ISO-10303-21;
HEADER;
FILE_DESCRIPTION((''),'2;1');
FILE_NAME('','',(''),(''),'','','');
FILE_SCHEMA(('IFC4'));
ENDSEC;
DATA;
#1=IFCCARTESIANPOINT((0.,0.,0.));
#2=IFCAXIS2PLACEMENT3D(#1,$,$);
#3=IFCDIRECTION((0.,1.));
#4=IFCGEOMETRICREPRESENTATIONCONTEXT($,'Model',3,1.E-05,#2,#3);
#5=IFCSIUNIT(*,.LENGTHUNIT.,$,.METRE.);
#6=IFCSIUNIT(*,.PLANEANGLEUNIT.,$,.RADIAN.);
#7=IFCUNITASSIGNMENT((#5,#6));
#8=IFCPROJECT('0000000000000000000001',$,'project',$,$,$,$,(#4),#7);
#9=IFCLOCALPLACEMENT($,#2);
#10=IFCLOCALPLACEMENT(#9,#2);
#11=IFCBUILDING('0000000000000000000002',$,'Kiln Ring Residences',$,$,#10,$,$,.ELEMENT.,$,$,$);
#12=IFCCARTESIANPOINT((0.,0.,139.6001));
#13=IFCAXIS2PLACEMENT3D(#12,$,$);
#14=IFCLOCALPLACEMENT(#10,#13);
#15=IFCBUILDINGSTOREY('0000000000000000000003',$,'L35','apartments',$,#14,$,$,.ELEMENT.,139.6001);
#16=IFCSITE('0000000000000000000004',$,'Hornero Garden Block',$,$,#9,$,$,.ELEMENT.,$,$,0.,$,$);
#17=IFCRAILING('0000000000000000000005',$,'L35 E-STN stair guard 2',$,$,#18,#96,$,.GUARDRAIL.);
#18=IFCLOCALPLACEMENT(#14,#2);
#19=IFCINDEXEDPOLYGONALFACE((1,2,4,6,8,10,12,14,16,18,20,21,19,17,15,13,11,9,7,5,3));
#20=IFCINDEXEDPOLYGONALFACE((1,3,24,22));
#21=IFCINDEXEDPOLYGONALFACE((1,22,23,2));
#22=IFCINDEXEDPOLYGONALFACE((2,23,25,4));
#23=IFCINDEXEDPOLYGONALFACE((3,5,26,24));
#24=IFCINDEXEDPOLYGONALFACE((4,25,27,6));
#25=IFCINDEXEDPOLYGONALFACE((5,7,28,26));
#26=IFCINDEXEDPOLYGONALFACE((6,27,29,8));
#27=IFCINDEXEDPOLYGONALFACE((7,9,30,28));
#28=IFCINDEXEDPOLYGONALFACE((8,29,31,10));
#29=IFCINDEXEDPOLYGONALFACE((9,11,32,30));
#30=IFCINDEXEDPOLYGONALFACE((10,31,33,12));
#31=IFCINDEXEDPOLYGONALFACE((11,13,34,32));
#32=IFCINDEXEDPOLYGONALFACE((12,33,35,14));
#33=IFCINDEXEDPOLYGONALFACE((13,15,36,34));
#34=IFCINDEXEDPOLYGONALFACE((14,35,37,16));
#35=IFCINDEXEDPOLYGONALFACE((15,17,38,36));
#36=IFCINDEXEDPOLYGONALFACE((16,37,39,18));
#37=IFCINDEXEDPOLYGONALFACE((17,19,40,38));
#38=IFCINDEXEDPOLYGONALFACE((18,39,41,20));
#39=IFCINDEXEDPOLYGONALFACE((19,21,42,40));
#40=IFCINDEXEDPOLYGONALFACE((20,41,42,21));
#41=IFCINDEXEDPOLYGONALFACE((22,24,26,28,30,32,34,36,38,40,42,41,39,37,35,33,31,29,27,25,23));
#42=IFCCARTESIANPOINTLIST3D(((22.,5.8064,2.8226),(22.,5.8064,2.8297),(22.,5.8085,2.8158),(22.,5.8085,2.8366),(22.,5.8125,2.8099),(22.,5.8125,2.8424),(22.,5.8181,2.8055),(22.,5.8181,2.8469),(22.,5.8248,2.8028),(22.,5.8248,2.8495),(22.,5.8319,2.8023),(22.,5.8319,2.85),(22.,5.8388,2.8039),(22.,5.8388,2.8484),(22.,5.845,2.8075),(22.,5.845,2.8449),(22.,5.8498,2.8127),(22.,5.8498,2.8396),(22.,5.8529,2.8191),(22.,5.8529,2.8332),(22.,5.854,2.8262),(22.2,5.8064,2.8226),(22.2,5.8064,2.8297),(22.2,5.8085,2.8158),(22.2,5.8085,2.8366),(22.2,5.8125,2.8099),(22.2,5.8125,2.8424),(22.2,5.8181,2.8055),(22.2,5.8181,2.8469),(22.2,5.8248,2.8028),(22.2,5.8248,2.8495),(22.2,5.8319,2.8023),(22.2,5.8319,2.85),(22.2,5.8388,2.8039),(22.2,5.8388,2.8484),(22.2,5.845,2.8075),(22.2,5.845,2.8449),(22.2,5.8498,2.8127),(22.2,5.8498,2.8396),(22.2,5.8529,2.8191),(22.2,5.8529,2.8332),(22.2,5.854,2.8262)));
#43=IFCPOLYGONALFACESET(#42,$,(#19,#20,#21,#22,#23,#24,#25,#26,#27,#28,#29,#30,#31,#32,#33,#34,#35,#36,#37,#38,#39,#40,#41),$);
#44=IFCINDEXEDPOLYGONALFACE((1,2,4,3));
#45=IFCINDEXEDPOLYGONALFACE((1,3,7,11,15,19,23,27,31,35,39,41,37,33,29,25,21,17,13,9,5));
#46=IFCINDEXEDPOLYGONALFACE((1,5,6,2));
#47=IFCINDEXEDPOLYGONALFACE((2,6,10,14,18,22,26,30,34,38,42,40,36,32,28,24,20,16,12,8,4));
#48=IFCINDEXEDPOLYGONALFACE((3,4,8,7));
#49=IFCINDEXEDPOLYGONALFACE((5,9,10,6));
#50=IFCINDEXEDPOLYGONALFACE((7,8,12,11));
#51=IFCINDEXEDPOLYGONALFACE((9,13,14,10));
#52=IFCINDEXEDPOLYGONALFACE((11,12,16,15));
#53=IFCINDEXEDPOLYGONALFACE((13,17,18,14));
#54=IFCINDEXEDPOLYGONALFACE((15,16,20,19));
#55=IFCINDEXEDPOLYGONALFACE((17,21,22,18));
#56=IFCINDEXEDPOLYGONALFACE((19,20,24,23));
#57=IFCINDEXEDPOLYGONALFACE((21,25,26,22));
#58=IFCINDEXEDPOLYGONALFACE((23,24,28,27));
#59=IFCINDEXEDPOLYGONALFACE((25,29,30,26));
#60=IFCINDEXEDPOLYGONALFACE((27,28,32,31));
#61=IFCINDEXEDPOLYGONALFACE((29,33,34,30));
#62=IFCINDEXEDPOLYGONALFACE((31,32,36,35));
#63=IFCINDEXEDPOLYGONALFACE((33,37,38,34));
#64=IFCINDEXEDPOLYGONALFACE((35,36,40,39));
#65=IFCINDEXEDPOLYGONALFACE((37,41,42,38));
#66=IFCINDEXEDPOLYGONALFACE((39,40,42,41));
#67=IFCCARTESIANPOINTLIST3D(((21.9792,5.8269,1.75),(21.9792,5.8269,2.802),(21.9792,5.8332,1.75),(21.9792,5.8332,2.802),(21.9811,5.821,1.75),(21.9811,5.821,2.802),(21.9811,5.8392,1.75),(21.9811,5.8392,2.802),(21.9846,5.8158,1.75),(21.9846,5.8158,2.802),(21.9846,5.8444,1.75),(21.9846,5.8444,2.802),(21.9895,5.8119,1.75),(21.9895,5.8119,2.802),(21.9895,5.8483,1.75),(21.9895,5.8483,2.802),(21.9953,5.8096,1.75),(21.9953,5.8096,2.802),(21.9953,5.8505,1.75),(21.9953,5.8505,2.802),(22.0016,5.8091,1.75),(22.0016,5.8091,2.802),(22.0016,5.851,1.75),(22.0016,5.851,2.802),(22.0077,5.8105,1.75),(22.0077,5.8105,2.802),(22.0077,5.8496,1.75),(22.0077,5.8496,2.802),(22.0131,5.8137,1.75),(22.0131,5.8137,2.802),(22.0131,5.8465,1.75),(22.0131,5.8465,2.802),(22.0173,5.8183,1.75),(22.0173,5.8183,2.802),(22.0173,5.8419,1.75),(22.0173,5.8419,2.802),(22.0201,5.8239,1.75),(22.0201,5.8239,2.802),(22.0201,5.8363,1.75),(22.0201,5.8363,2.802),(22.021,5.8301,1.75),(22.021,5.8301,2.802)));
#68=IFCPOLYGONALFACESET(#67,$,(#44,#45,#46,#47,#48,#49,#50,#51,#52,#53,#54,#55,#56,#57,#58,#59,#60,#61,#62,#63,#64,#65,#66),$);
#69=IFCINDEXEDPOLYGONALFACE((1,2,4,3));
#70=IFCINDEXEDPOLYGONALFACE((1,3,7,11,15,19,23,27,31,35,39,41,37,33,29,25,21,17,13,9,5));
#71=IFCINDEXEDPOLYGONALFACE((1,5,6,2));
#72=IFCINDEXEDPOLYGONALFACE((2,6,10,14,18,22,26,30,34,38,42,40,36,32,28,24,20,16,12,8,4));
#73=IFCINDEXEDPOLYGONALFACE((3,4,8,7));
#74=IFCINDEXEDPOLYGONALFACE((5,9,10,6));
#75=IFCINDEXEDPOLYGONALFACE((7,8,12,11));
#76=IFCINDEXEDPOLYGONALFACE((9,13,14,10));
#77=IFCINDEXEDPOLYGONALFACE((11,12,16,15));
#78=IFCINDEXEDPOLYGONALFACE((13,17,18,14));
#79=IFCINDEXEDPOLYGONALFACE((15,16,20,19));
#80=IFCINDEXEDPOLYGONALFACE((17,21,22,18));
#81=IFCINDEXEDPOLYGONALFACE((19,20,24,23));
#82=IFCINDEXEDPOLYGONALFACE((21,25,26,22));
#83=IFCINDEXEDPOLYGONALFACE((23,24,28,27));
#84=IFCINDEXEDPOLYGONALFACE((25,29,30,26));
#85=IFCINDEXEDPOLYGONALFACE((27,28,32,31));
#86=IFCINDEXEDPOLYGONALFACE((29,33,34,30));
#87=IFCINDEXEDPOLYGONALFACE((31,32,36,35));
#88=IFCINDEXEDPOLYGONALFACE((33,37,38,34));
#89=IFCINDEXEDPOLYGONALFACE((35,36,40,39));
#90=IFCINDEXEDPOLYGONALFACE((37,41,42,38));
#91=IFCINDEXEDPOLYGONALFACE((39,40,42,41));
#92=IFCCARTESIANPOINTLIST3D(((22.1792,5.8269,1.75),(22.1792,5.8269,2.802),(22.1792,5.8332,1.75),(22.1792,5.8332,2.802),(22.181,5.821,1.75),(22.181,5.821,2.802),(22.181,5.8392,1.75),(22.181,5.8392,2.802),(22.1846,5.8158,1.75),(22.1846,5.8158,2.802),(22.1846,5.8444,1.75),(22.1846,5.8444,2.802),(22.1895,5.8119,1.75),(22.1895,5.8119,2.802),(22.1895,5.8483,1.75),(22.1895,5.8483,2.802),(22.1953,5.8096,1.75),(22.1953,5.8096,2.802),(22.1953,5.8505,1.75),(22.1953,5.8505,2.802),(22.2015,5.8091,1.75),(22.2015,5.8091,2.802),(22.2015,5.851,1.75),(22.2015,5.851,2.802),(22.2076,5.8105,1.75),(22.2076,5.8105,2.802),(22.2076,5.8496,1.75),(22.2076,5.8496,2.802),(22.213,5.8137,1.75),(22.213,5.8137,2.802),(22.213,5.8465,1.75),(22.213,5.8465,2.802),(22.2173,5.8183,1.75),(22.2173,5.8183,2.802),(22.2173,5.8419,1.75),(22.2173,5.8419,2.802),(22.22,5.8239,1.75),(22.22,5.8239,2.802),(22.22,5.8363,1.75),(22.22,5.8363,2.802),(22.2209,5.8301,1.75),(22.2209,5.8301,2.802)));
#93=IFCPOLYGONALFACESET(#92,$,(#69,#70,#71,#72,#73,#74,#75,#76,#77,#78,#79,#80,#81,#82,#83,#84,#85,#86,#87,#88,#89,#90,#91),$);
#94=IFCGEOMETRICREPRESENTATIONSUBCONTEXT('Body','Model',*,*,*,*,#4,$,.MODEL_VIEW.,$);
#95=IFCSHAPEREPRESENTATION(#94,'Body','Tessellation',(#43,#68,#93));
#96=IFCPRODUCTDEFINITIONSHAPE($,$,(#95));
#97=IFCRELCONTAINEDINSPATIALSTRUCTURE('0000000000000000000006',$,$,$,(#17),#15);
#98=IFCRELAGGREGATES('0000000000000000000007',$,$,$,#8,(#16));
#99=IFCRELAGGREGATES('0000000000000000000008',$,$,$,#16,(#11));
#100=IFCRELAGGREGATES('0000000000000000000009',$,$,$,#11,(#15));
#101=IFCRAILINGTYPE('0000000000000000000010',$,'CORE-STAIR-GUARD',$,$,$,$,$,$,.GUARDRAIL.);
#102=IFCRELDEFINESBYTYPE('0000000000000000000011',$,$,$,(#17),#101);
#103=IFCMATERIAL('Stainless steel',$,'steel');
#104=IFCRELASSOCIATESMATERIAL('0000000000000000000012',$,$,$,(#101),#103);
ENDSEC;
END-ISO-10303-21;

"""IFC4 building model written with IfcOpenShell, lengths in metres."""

from ifc_helpers import new_model, si_unit, direction, frame, origin, origin_2d, place, context, subcontext, project, spatial, circle, extrude, material, type_object, element, save


model = new_model("IFC4")

# Units and contexts
model_context = context("Model", 3, precision=1e-05, world=origin(), true_north=direction((0.0, 1.0)))
body_context = subcontext(model_context, "Body", "Model", "MODEL_VIEW")
ifc_project = project(units=[si_unit("LENGTHUNIT", "METRE"), si_unit("PLANEANGLEUNIT", "RADIAN")], contexts=[model_context])

# Site, building, storey
site_placement = place(None, origin())
site = spatial("IfcSite", under=ifc_project, at=site_placement, Name="Hornero Garden Block", CompositionType="ELEMENT", RefElevation=0.0)
building_placement = place(site_placement, origin())
building = spatial("IfcBuilding", under=site, at=building_placement, Name="Kiln Ring Residences", CompositionType="ELEMENT")
storey_placement = place(building_placement, frame((0.0, 0.0, 139.6001)))
storey = spatial("IfcBuildingStorey", under=building, at=storey_placement, Name="L35", Description="apartments", CompositionType="ELEMENT", Elevation=139.6001)

# Railing
ifc_material_1 = material(Name="Stainless steel", Category="steel")
railing_type_1 = type_object("IfcRailingType", Name="CORE-STAIR-GUARD", PredefinedType="GUARDRAIL", material=ifc_material_1)
railing_1_placement = place(storey_placement, frame((22.0, 5.8301, 1.75)))
element("IfcRailing", 1, at=railing_1_placement, inside=storey, type_object=railing_type_1, Name="L35 E-STN stair guard 2", PredefinedType="GUARDRAIL", context=body_context, shape_type="SweptSolid", body=[
    extrude(circle(Radius=0.0239, at=origin_2d()), frame((0.0, 0.0, 1.0762), z_axis=(1.0, 0.0, 0.0), x_axis=(0.0, 1.0, 0.0)), (0.0, 0.0, 1.0), 0.2),
    extrude(circle(Radius=0.021, at=origin_2d()), origin(), (0.0, 0.0, 1.0), 1.052),
    extrude(circle(Radius=0.021, at=origin_2d()), frame((0.2, 0.0, 0.0)), (0.0, 0.0, 1.0), 1.052),
])

save(model, "model.ifc")
